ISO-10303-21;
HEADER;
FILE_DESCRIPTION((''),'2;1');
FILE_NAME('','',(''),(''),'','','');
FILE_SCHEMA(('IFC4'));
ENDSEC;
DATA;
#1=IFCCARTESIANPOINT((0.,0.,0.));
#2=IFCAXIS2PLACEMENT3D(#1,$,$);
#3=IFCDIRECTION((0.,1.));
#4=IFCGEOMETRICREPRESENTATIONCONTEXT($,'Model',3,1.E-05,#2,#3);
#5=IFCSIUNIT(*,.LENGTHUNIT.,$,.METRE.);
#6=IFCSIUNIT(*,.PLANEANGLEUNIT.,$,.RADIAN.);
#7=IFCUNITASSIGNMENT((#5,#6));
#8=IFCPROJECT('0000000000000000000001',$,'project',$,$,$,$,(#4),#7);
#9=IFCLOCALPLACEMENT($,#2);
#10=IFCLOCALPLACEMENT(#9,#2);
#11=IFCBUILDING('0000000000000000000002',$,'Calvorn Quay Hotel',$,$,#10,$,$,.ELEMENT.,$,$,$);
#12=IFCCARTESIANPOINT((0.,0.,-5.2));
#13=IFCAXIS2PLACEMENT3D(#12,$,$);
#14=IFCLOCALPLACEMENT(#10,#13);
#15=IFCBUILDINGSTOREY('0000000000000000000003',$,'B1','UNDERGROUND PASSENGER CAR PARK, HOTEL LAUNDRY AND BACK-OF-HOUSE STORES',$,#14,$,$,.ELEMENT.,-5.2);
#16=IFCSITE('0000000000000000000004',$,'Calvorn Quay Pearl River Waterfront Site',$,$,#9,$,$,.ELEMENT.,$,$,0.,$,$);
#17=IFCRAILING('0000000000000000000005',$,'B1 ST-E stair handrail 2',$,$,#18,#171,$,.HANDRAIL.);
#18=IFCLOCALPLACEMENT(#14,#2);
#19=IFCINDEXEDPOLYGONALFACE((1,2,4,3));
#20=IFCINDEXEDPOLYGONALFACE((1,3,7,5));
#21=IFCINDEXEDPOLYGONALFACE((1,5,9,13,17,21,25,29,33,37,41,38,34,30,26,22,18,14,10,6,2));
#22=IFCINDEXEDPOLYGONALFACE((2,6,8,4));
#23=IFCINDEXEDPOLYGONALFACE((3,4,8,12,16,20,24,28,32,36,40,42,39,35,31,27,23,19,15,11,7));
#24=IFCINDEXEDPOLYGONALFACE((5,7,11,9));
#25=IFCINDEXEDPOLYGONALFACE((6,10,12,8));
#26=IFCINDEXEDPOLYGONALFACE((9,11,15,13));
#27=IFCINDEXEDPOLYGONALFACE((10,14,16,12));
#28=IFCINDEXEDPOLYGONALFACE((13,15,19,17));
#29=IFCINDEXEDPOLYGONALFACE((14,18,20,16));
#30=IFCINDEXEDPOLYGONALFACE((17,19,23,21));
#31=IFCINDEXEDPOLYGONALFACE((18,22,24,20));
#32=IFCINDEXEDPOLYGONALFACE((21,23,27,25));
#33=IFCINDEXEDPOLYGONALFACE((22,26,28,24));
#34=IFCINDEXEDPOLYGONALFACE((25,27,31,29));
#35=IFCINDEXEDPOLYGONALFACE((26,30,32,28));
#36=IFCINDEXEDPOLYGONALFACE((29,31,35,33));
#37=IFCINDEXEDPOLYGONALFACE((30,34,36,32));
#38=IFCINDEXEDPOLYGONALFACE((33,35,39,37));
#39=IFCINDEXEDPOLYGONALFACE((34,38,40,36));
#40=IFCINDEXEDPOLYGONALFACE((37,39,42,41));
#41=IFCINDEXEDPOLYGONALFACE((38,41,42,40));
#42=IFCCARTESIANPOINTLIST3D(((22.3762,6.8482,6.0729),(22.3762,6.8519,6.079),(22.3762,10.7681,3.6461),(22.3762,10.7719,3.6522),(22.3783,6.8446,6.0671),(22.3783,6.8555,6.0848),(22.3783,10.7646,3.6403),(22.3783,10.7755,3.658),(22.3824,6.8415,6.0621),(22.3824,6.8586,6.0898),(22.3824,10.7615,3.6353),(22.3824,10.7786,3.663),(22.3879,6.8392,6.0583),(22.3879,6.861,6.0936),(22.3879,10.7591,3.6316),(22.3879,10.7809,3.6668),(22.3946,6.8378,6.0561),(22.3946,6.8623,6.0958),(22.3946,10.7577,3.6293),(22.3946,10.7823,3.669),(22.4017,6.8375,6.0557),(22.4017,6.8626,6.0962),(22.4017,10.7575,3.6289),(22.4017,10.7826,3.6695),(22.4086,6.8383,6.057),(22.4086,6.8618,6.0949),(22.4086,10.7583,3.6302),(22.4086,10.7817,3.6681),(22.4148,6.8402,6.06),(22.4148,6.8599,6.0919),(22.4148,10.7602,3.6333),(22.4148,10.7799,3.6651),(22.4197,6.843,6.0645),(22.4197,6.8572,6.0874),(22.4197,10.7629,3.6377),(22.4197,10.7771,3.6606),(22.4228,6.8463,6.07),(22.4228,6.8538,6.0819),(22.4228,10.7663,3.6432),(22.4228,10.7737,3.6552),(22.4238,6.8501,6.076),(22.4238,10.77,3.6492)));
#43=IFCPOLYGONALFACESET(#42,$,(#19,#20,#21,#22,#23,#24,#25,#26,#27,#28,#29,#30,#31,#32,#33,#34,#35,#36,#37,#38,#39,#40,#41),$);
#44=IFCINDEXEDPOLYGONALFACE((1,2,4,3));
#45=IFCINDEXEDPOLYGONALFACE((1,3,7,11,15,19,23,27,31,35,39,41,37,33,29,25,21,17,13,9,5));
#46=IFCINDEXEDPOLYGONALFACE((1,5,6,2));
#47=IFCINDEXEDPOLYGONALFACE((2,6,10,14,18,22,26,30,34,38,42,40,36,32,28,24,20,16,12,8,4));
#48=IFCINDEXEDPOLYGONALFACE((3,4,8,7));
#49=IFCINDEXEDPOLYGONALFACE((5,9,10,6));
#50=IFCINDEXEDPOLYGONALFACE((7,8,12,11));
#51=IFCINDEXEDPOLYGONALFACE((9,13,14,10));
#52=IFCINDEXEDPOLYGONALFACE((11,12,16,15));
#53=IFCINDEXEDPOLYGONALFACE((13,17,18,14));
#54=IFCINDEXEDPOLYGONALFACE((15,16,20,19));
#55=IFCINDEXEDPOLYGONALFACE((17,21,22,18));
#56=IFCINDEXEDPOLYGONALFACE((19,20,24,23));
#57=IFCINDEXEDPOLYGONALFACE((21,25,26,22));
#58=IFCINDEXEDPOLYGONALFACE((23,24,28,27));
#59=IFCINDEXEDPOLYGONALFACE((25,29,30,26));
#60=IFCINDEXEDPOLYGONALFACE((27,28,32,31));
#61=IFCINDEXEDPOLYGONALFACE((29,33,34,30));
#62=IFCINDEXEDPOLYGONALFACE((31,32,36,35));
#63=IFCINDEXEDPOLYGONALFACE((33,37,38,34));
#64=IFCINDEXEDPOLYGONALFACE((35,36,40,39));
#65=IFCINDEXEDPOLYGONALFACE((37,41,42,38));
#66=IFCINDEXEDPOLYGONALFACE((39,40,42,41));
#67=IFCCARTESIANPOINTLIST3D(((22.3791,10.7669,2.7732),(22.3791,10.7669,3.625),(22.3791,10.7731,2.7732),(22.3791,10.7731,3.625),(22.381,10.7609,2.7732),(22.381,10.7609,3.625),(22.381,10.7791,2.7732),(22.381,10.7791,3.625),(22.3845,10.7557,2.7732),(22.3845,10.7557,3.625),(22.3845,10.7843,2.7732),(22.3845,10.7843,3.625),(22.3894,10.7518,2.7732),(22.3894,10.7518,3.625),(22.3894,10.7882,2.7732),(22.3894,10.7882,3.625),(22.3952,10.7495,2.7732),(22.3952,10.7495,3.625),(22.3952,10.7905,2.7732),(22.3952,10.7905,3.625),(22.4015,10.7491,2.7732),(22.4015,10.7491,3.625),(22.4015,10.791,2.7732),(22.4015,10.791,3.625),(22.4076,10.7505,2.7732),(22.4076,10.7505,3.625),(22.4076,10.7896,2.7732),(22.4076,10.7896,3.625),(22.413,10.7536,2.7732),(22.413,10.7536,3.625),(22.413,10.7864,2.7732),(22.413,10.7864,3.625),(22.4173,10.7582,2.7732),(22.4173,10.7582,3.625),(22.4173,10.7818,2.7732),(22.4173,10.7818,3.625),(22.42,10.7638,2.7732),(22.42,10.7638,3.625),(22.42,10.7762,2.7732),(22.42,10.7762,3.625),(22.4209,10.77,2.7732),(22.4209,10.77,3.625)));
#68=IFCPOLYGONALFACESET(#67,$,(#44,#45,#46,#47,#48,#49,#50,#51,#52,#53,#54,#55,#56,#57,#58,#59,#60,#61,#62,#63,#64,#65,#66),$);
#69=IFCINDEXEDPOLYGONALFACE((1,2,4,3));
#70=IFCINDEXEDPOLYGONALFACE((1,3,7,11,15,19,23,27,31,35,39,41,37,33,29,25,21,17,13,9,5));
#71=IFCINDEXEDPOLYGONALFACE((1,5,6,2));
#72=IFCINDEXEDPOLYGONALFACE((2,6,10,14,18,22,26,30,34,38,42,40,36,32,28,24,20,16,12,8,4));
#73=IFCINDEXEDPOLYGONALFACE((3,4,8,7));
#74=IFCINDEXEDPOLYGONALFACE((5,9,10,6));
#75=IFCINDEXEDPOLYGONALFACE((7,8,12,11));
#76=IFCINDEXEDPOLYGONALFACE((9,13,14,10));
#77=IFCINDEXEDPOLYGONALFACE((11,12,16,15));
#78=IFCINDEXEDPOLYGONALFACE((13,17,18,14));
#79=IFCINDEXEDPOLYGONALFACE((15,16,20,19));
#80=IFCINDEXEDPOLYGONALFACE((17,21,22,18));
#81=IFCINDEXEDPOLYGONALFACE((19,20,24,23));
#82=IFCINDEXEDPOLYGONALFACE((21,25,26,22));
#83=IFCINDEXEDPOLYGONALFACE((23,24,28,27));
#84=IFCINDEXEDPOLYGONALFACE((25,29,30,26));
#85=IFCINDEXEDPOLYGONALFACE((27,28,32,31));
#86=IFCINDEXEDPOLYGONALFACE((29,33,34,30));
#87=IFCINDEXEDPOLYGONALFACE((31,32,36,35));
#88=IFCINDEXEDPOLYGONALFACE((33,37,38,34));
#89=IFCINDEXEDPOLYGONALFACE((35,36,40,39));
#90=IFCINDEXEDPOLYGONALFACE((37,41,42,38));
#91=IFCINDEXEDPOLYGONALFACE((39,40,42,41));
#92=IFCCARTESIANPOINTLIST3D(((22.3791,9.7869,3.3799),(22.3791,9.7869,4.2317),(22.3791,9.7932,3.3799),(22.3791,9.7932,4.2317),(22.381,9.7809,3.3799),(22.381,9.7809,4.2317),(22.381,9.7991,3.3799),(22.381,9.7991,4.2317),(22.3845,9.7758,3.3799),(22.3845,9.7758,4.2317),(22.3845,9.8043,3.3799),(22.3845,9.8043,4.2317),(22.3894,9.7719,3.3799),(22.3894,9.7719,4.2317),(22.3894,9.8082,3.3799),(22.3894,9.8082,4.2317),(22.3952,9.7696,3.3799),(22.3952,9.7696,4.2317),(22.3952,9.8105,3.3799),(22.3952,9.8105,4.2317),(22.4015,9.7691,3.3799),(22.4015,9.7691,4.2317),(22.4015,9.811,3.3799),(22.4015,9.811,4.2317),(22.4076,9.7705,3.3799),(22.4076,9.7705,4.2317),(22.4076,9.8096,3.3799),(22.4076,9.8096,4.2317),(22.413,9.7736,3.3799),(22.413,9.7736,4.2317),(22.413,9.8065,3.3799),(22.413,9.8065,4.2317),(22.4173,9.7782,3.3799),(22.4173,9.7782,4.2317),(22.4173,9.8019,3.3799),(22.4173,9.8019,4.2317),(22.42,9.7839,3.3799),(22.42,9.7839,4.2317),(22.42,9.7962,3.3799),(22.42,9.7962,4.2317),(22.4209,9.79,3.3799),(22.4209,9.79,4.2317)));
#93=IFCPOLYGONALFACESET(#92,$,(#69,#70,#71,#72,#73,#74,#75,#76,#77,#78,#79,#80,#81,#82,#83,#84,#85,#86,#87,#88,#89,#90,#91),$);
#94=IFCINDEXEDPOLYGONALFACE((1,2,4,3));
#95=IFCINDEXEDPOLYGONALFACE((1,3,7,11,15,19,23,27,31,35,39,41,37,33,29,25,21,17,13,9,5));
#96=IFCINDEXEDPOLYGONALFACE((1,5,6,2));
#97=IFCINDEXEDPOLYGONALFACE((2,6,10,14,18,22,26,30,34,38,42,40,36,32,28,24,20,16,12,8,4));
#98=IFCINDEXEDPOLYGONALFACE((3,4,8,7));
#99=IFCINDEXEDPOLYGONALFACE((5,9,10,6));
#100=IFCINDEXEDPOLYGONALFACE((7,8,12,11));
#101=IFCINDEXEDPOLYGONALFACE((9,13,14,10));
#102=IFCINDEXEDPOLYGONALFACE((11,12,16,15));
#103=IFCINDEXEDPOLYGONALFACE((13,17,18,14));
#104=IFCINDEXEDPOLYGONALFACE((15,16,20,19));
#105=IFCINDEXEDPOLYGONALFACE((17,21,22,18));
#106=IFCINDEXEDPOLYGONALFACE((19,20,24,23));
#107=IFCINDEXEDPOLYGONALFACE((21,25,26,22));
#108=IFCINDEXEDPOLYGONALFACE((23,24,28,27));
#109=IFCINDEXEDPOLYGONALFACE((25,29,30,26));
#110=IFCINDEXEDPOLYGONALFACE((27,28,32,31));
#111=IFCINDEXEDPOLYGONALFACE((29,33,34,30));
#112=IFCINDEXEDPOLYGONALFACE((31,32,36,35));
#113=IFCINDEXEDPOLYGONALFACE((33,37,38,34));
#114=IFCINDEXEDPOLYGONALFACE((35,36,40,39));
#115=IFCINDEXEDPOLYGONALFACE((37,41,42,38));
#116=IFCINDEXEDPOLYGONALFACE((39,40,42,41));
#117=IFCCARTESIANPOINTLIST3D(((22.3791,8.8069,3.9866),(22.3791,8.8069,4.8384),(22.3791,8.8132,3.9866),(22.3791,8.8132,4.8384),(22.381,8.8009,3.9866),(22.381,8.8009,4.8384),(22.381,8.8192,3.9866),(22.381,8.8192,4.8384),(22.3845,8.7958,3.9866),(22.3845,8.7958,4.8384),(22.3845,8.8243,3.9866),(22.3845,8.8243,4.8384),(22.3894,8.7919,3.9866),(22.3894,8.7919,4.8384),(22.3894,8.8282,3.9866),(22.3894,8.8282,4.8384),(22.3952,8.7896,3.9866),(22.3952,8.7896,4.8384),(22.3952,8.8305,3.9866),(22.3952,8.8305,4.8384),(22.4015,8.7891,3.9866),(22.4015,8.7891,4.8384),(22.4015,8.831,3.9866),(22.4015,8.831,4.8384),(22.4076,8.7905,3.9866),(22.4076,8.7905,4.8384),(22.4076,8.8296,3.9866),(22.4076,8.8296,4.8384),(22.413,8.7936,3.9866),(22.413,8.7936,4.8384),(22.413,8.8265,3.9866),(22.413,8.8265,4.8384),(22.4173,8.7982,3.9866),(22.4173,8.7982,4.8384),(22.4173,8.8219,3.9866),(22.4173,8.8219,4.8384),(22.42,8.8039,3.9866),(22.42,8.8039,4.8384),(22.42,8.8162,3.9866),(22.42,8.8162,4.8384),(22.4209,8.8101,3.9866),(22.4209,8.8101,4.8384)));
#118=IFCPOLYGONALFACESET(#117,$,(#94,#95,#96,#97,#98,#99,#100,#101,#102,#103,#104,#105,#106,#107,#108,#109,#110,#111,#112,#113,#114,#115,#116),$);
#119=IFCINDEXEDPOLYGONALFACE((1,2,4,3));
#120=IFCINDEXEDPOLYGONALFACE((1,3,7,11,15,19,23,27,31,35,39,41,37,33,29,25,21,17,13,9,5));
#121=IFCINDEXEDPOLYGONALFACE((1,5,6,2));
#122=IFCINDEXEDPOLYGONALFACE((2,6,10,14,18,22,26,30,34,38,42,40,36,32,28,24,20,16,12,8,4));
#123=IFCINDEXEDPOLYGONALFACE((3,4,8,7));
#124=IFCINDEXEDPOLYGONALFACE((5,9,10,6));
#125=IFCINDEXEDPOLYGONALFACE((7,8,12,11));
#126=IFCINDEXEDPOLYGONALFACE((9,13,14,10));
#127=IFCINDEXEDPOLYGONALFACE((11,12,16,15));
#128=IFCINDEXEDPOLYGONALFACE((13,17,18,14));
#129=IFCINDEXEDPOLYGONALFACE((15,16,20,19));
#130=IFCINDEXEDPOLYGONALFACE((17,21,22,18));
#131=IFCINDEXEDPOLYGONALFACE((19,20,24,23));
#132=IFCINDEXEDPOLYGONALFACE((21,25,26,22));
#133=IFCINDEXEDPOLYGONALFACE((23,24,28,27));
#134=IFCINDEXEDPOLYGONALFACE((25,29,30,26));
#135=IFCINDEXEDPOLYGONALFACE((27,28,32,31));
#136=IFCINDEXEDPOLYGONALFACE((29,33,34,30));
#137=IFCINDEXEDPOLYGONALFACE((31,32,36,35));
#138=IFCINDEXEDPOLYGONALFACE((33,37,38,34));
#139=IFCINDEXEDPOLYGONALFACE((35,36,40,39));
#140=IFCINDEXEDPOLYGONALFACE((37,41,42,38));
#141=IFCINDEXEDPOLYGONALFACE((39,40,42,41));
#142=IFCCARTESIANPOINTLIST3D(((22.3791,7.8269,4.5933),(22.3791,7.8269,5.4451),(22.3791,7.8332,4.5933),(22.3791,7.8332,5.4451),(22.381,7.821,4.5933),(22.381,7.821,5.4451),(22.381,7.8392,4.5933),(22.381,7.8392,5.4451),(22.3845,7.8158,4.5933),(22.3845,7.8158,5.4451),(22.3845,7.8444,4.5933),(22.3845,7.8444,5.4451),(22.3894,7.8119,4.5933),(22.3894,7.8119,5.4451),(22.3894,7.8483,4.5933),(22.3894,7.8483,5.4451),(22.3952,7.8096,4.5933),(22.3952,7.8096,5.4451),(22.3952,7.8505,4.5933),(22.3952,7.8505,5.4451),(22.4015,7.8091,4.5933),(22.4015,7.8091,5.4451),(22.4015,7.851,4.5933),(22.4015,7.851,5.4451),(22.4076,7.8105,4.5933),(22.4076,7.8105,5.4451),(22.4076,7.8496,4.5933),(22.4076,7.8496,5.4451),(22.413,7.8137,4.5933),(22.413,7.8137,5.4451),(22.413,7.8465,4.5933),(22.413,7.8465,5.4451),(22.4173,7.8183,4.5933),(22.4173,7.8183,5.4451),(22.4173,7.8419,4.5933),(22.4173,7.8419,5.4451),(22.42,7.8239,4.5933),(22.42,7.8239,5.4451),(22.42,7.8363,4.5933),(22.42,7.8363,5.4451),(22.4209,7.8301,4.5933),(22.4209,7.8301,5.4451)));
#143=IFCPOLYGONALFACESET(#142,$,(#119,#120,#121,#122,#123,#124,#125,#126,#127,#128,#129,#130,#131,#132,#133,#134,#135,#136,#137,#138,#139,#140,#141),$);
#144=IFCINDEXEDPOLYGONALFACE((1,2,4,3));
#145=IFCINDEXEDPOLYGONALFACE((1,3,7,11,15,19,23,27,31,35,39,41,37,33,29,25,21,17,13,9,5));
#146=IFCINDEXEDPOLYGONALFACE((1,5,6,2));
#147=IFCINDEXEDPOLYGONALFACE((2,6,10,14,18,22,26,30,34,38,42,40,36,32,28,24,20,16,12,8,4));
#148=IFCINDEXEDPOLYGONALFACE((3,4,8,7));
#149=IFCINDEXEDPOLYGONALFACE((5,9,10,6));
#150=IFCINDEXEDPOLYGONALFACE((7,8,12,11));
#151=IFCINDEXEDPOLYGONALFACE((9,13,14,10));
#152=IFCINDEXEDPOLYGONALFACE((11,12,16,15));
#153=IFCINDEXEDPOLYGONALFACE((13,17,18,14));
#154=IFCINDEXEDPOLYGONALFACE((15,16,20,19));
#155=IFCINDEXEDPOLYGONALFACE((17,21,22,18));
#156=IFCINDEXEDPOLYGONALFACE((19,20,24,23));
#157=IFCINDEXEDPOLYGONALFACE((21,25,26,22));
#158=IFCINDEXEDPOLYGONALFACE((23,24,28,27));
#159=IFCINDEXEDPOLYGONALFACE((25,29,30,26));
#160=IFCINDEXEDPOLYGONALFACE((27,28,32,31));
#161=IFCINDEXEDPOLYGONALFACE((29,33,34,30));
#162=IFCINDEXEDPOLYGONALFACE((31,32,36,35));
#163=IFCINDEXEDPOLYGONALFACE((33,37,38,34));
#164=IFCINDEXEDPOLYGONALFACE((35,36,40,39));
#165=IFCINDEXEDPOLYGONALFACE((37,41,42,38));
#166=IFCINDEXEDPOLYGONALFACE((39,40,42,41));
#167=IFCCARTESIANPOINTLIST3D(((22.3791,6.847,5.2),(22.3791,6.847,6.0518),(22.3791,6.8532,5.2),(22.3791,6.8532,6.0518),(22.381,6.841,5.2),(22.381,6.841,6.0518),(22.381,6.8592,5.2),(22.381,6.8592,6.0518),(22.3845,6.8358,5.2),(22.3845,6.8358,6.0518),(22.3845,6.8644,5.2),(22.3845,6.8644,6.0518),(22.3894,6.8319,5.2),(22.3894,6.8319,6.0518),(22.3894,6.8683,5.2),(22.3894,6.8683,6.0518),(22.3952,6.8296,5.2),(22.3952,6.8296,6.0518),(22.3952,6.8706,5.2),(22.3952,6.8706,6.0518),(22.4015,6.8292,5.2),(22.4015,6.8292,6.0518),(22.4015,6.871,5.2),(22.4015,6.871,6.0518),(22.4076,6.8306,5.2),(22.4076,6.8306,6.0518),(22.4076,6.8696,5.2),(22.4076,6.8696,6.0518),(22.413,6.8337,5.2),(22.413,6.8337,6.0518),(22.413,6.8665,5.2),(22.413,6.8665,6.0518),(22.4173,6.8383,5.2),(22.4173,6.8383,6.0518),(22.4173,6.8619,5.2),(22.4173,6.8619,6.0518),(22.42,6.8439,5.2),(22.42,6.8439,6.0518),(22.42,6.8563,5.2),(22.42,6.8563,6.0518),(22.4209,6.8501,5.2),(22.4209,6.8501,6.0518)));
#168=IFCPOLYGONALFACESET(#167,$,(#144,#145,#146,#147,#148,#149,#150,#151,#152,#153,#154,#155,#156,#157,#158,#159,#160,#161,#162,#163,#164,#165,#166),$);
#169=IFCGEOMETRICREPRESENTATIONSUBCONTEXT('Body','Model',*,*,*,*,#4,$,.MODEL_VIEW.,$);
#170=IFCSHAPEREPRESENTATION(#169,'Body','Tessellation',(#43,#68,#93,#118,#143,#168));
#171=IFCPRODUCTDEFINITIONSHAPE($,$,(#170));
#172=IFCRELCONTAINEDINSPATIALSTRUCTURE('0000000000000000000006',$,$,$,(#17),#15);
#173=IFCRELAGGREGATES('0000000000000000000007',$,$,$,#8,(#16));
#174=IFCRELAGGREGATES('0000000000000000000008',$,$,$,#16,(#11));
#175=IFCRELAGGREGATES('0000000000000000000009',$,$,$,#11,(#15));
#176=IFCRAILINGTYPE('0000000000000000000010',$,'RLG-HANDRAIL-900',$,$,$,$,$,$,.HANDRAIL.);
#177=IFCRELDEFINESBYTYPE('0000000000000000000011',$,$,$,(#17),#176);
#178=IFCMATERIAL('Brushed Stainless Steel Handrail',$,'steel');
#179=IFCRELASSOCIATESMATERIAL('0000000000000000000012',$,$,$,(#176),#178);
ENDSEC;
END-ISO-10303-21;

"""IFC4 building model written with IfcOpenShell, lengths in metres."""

from ifc_helpers import new_model, si_unit, direction, frame, origin, origin_2d, place, context, subcontext, project, spatial, circle, extrude, material, type_object, element, save


model = new_model("IFC4")

# Units and contexts
model_context = context("Model", 3, precision=1e-05, world=origin(), true_north=direction((0.0, 1.0)))
body_context = subcontext(model_context, "Body", "Model", "MODEL_VIEW")
ifc_project = project(units=[si_unit("LENGTHUNIT", "METRE"), si_unit("PLANEANGLEUNIT", "RADIAN")], contexts=[model_context])

# Site, building, storey
site_placement = place(None, origin())
site = spatial("IfcSite", under=ifc_project, at=site_placement, Name="Calvorn Quay Pearl River Waterfront Site", CompositionType="ELEMENT", RefElevation=0.0)
building_placement = place(site_placement, origin())
building = spatial("IfcBuilding", under=site, at=building_placement, Name="Calvorn Quay Hotel", CompositionType="ELEMENT")
storey_placement = place(building_placement, frame((0.0, 0.0, -5.2)))
storey = spatial("IfcBuildingStorey", under=building, at=storey_placement, Name="B1", Description="UNDERGROUND PASSENGER CAR PARK, HOTEL LAUNDRY AND BACK-OF-HOUSE STORES", CompositionType="ELEMENT", Elevation=-5.2)

# Railing
ifc_material_1 = material(Name="Brushed Stainless Steel Handrail", Category="steel")
railing_type_1 = type_object("IfcRailingType", Name="RLG-HANDRAIL-900", PredefinedType="HANDRAIL", material=ifc_material_1)
railing_1_placement = place(storey_placement, frame((22.3999, 10.77, 2.7732)))
element("IfcRailing", 1, at=railing_1_placement, inside=storey, type_object=railing_type_1, Name="B1 ST-E stair handrail 2", PredefinedType="HANDRAIL", context=body_context, shape_type="SweptSolid", body=[
    extrude(circle(Radius=0.0239, at=origin_2d()), frame((0.0, 0.0, 0.876), z_axis=(0.0, -0.850252, 0.526376), x_axis=(1.0, 0.0, 0.0)), (0.0, 0.0, 1.0), 4.6104),
    extrude(circle(Radius=0.021, at=origin_2d()), origin(), (0.0, 0.0, 1.0), 0.8518),
    extrude(circle(Radius=0.021, at=origin_2d()), frame((0.0, -0.98, 0.6067)), (0.0, 0.0, 1.0), 0.8518),
    extrude(circle(Radius=0.021, at=origin_2d()), frame((0.0, -1.96, 1.2134)), (0.0, 0.0, 1.0), 0.8518),
    extrude(circle(Radius=0.021, at=origin_2d()), frame((0.0, -2.9399, 1.8201)), (0.0, 0.0, 1.0), 0.8518),
    extrude(circle(Radius=0.021, at=origin_2d()), frame((0.0, -3.9199, 2.4268)), (0.0, 0.0, 1.0), 0.8518),
])

save(model, "model.ifc")
